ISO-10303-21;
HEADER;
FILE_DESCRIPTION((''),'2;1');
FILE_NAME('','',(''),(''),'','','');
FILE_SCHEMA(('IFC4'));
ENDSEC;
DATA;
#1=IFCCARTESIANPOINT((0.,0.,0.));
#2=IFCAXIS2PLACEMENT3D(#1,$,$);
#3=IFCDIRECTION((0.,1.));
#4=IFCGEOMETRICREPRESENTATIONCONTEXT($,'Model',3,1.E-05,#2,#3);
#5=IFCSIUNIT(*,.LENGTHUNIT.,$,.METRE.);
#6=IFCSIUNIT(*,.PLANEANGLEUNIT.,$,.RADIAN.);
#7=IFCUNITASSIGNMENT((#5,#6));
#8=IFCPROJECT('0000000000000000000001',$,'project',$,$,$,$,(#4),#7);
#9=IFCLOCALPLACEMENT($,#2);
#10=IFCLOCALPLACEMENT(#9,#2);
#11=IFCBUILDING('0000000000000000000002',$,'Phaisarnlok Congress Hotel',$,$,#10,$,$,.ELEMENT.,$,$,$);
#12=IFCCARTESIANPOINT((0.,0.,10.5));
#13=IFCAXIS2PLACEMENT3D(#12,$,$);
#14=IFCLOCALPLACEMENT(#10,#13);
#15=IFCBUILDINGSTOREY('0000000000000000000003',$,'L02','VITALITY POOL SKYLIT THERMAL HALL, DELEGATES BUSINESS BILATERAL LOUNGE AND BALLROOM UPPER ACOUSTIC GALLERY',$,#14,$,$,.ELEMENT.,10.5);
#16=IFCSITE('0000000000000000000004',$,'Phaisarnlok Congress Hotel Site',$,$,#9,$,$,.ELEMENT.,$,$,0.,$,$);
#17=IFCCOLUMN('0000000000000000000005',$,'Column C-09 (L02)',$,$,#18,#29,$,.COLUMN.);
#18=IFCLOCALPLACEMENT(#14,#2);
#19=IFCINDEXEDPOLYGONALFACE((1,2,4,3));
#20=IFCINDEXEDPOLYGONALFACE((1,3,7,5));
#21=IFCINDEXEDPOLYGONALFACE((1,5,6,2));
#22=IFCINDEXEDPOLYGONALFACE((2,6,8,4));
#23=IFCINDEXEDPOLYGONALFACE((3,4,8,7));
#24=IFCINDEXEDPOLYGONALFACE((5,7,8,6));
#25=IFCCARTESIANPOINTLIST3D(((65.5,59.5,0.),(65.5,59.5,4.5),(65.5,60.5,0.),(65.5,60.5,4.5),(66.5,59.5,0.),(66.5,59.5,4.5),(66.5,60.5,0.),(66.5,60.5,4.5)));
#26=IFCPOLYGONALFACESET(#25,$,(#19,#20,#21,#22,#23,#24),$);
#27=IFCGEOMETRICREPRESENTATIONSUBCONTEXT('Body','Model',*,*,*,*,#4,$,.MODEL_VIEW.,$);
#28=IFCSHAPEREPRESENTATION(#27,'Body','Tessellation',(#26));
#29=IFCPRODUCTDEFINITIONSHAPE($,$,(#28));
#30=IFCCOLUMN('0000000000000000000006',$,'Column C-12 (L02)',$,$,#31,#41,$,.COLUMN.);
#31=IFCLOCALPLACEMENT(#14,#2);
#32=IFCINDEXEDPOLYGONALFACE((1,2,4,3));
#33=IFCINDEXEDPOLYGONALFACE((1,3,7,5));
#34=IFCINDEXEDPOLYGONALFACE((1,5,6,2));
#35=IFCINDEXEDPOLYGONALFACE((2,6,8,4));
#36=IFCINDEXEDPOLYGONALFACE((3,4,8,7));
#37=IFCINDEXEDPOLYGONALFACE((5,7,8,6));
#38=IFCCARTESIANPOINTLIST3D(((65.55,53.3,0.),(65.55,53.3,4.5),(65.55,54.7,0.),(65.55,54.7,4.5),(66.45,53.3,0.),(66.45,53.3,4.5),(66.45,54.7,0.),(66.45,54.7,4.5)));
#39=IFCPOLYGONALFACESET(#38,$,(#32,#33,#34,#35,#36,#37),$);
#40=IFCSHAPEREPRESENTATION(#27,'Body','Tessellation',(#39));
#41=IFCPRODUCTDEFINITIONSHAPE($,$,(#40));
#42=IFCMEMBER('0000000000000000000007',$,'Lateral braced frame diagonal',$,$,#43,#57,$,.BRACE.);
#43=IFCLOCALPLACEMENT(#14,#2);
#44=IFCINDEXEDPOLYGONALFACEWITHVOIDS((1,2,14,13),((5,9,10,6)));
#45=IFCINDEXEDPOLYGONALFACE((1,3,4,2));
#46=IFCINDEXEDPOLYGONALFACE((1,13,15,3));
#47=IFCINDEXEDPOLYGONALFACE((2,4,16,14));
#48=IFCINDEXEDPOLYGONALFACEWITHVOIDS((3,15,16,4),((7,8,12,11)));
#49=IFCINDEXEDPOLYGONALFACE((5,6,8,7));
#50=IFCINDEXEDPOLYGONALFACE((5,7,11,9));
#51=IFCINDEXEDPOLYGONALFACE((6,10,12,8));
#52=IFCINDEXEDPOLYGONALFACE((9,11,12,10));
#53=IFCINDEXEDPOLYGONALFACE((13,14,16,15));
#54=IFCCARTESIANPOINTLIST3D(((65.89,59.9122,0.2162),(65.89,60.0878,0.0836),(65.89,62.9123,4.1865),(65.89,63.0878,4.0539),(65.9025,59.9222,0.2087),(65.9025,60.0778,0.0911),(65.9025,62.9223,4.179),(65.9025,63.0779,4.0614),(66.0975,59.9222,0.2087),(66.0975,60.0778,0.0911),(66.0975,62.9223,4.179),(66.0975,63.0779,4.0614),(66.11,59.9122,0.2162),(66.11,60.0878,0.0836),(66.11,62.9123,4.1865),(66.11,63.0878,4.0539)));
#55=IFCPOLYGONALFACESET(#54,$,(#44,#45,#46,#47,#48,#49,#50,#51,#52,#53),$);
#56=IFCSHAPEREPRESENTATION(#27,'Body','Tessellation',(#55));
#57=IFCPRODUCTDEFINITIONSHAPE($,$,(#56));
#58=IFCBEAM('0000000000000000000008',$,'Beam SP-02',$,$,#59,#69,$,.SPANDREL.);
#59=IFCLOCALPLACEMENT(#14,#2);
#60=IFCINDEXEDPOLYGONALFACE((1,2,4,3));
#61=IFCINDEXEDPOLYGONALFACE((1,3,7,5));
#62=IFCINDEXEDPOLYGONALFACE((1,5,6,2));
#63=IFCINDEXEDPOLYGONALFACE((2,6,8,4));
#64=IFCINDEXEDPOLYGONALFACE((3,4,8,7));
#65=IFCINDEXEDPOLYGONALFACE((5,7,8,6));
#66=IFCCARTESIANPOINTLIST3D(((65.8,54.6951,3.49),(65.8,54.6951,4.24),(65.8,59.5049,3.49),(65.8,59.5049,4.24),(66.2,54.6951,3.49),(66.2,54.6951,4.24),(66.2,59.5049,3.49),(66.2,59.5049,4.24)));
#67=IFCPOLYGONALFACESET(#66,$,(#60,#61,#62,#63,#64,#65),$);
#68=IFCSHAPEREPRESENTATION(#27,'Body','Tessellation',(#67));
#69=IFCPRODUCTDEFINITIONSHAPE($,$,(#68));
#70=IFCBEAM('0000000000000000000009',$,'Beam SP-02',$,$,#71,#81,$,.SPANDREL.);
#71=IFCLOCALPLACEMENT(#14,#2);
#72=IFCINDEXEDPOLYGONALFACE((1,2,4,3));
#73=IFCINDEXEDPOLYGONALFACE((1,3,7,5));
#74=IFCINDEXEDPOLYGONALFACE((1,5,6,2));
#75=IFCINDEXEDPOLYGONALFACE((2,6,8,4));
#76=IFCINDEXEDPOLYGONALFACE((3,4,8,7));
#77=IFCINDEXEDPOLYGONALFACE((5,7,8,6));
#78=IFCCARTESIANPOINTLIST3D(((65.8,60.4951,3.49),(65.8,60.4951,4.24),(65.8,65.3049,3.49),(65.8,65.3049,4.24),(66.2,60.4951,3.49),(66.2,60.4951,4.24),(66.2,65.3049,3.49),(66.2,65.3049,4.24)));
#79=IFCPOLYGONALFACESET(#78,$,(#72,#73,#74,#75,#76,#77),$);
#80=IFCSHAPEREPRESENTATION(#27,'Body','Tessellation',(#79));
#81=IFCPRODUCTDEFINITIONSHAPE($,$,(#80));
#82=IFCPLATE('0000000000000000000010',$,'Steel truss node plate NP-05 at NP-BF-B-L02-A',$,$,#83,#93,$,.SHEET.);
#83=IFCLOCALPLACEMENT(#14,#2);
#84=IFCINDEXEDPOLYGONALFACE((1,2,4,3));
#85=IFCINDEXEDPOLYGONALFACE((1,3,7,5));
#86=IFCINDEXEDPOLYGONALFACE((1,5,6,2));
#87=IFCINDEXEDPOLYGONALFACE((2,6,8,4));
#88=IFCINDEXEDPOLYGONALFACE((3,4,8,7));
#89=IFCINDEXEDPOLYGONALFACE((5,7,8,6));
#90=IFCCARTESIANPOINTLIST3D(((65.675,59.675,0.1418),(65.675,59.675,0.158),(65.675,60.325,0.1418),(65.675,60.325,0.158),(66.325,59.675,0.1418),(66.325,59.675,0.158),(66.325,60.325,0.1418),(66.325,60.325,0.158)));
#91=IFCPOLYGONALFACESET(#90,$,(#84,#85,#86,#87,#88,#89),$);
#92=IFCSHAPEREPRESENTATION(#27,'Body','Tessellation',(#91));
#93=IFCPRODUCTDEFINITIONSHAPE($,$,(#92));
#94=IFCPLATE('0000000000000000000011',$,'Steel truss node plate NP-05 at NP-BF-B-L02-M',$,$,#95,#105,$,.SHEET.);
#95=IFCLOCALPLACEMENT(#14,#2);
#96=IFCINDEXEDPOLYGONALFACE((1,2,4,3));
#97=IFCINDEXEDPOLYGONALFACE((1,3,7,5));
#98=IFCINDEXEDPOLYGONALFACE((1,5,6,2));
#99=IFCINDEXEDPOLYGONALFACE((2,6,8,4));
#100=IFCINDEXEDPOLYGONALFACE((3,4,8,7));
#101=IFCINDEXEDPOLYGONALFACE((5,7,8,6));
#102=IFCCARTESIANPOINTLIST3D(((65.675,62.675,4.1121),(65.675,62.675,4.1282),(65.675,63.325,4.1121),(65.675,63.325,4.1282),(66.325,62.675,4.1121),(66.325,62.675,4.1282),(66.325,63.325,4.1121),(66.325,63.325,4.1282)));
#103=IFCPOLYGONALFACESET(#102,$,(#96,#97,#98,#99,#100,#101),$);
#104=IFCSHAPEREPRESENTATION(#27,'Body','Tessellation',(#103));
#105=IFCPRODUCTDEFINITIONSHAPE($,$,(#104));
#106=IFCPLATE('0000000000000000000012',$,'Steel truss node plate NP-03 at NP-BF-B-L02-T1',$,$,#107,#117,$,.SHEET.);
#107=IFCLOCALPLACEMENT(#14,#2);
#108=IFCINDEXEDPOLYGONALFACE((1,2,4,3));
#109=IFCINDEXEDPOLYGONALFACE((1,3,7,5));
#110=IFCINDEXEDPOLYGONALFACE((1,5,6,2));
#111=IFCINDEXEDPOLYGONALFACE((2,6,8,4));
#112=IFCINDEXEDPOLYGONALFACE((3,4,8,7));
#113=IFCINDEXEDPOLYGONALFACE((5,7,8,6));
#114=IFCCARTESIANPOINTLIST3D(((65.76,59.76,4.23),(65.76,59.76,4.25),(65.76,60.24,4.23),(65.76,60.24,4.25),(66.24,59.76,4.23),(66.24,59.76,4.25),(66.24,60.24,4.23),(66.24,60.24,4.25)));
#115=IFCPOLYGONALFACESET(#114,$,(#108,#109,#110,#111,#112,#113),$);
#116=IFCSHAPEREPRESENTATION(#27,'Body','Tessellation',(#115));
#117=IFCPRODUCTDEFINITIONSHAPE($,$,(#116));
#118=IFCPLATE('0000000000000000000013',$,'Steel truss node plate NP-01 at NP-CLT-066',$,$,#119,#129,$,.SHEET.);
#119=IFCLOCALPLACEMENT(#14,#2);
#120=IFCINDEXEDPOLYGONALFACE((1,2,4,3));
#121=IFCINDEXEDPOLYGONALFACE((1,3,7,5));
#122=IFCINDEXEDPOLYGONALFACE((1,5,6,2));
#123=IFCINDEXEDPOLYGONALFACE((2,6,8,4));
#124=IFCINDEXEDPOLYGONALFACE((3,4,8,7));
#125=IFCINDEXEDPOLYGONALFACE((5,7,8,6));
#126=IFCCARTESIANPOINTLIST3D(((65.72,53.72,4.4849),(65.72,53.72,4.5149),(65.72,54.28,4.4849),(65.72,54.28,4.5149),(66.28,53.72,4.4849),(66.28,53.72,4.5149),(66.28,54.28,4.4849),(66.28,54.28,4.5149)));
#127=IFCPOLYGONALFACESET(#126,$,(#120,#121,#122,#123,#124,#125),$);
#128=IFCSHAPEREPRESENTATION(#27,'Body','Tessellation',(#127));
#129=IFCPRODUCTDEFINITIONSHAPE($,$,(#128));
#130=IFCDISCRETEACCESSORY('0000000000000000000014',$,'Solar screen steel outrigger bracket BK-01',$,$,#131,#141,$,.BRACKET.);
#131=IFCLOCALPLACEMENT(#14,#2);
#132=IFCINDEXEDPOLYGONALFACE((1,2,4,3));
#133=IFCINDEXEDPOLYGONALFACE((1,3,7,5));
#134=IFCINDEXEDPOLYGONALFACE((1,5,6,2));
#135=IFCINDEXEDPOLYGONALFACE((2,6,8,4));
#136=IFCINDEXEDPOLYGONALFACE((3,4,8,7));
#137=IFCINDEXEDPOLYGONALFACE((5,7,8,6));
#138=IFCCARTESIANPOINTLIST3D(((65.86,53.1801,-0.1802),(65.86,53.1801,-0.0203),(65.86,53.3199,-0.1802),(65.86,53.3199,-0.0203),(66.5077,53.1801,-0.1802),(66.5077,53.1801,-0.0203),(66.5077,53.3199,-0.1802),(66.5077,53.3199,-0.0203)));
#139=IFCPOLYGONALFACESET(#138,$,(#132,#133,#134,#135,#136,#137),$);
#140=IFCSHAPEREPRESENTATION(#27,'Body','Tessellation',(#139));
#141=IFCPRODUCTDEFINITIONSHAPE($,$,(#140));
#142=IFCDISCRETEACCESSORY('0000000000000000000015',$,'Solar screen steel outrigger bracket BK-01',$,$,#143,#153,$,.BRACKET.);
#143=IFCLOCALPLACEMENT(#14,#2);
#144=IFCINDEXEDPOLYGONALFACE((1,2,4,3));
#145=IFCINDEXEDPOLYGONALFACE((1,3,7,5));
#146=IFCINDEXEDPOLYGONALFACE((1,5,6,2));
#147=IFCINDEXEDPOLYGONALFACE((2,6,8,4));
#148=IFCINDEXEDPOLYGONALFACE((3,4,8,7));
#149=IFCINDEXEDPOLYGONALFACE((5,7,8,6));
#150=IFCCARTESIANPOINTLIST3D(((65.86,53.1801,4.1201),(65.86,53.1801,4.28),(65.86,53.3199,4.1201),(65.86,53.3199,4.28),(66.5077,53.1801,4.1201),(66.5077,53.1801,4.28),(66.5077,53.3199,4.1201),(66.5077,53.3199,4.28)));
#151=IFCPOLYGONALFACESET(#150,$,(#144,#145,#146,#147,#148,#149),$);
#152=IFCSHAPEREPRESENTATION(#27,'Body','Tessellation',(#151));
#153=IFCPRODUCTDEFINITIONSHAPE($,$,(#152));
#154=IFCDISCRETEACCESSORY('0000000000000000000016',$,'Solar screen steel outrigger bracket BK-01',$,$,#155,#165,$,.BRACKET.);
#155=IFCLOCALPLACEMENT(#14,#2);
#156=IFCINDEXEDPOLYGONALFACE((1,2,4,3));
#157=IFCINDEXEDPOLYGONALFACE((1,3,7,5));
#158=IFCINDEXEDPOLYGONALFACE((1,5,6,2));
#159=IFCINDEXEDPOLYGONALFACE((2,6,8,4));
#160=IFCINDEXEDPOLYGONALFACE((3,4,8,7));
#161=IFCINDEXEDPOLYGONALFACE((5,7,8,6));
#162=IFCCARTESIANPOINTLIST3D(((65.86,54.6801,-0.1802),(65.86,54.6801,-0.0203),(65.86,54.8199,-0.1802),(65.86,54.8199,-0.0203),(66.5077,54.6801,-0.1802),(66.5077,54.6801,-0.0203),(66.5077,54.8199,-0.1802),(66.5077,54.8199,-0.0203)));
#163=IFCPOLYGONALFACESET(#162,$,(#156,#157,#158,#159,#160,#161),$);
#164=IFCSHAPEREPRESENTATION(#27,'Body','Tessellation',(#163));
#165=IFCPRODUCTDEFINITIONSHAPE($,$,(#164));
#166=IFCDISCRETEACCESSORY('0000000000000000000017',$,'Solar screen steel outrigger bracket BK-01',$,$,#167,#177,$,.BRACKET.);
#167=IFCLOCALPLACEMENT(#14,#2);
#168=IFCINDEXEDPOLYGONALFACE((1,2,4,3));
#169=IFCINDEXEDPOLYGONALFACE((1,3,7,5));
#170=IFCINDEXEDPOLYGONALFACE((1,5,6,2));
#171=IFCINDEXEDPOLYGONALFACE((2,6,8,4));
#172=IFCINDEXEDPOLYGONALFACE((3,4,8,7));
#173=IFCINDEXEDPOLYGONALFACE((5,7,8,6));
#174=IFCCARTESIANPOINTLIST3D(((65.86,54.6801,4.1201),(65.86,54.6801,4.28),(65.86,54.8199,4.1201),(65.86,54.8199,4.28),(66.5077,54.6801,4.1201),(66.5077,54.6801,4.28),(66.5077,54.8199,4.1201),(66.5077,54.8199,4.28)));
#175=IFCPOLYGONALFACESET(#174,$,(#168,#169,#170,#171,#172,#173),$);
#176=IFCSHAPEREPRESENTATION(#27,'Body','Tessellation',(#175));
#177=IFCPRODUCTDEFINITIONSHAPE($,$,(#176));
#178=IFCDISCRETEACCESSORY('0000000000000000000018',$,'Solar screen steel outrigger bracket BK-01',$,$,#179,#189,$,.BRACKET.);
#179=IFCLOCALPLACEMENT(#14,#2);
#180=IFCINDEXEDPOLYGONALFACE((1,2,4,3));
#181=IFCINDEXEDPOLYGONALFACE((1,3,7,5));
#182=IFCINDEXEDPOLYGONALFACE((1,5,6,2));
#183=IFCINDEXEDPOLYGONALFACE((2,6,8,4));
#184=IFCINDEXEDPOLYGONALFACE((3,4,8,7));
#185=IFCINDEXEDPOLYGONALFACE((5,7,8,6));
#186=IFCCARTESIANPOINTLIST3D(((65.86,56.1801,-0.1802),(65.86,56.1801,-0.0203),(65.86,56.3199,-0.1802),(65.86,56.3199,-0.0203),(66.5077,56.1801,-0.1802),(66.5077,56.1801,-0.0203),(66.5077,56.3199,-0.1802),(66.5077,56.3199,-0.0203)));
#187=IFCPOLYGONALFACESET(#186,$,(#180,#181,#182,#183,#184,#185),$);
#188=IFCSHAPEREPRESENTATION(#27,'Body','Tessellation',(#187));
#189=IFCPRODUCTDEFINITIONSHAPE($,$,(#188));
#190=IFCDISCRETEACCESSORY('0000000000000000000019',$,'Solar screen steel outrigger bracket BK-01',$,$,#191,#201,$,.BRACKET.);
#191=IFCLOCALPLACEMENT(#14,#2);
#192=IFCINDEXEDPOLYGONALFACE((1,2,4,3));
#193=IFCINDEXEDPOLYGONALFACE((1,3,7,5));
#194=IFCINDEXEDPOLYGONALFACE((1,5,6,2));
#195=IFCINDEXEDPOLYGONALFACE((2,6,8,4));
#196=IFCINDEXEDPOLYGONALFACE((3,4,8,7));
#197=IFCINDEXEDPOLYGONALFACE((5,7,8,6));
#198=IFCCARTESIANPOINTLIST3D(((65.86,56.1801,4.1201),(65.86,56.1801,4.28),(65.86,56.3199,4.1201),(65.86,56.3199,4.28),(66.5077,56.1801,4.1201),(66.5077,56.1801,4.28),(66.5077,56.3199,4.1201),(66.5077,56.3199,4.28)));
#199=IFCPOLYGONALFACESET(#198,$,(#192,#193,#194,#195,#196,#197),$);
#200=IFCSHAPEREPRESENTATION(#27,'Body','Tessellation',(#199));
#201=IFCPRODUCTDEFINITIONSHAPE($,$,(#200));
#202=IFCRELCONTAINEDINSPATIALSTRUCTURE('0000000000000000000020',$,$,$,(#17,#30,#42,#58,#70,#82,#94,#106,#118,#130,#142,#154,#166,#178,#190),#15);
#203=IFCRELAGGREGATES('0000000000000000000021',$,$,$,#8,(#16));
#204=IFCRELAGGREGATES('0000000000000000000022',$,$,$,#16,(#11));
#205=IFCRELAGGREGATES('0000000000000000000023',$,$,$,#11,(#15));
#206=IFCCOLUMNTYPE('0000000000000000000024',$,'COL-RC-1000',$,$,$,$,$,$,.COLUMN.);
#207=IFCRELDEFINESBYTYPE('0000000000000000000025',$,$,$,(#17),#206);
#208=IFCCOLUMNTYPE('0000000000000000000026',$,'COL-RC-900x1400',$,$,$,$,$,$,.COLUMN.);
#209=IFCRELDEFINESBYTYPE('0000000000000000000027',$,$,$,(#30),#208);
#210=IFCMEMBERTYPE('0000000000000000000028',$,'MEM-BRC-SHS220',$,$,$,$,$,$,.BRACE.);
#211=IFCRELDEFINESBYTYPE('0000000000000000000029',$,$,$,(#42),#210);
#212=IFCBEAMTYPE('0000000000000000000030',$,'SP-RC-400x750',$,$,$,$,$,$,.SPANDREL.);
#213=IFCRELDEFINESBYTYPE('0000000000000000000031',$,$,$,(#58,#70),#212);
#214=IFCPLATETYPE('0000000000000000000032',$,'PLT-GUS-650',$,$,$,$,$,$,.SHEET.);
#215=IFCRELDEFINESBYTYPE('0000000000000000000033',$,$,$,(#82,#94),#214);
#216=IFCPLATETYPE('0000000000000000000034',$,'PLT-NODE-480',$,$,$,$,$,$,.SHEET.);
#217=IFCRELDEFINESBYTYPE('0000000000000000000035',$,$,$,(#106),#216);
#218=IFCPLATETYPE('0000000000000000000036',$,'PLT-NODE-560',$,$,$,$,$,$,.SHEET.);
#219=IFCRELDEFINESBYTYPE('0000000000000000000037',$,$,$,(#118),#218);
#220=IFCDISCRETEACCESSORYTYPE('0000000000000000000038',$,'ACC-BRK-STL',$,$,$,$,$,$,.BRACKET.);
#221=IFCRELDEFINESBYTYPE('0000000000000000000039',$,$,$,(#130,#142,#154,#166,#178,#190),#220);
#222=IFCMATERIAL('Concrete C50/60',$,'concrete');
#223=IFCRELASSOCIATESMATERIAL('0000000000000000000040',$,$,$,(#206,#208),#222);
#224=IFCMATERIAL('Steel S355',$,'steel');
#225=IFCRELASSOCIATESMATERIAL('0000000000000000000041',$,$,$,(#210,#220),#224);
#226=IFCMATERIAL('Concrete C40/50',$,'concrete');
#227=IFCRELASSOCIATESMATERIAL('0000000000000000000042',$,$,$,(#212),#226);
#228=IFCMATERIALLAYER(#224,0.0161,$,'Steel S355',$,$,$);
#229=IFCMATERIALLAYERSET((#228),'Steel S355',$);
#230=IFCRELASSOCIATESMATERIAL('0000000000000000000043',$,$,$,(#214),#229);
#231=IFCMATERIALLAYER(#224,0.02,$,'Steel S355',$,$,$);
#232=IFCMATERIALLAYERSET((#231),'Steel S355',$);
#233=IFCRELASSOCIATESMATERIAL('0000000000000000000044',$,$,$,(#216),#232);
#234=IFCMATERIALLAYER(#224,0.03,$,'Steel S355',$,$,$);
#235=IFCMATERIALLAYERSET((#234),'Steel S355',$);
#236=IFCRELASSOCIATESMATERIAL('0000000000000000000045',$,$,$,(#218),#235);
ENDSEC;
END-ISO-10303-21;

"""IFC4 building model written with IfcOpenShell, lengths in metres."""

from ifc_helpers import new_model, si_unit, direction, frame, origin, origin_2d, place, context, subcontext, project, spatial, rectangle, hollow_rectangle, extrude, material, layer, layer_set, material_profile, profile_set, type_object, element, save


model = new_model("IFC4")

# Units and contexts
model_context = context("Model", 3, precision=1e-05, world=origin(), true_north=direction((0.0, 1.0)))
body_context = subcontext(model_context, "Body", "Model", "MODEL_VIEW")
ifc_project = project(units=[si_unit("LENGTHUNIT", "METRE"), si_unit("PLANEANGLEUNIT", "RADIAN")], contexts=[model_context])

# Site, building, storey
site_placement = place(None, origin())
site = spatial("IfcSite", under=ifc_project, at=site_placement, Name="Phaisarnlok Congress Hotel Site", CompositionType="ELEMENT", RefElevation=0.0)
building_placement = place(site_placement, origin())
building = spatial("IfcBuilding", under=site, at=building_placement, Name="Phaisarnlok Congress Hotel", CompositionType="ELEMENT")
storey_placement = place(building_placement, frame((0.0, 0.0, 10.5)))
storey = spatial("IfcBuildingStorey", under=building, at=storey_placement, Name="L02", Description="VITALITY POOL SKYLIT THERMAL HALL, DELEGATES BUSINESS BILATERAL LOUNGE AND BALLROOM UPPER ACOUSTIC GALLERY", CompositionType="ELEMENT", Elevation=10.5)

# Columns
ifc_material_1 = material(Name="Concrete C50/60", Category="concrete")
ifc_material_profile_1 = material_profile(ifc_material_1, rectangle(XDim=1.0, YDim=1.0, at=origin_2d()), Name="RC 1000x1000")
ifc_profile_set_1 = profile_set([ifc_material_profile_1], Name="Concrete C50/60")
column_type_1 = type_object("IfcColumnType", Name="COL-RC-1000", PredefinedType="COLUMN", material=ifc_profile_set_1)
column_1_placement = place(storey_placement, frame((66.0, 60.0, 0.0), z_axis=(0.0, 0.0, 1.0), x_axis=(1.0, 0.0, 0.0)))
element("IfcColumn", 1, at=column_1_placement, inside=storey, type_object=column_type_1, Name="Column C-09 (L02)", PredefinedType="COLUMN", context=body_context, shape_type="SweptSolid", body=[
    extrude(rectangle(XDim=1.0, YDim=1.0, at=origin_2d()), origin(), (0.0, 0.0, 1.0), 4.5),
])
ifc_material_profile_2 = material_profile(ifc_material_1, rectangle(XDim=0.8999, YDim=1.3999, at=origin_2d()), Name="RC 900x1400")
ifc_profile_set_2 = profile_set([ifc_material_profile_2], Name="Concrete C50/60")
column_type_2 = type_object("IfcColumnType", Name="COL-RC-900x1400", PredefinedType="COLUMN", material=ifc_profile_set_2)
column_2_placement = place(storey_placement, frame((66.0, 54.0, 0.0), z_axis=(0.0, 0.0, 1.0), x_axis=(1.0, 0.0, 0.0)))
element("IfcColumn", 2, at=column_2_placement, inside=storey, type_object=column_type_2, Name="Column C-12 (L02)", PredefinedType="COLUMN", context=body_context, shape_type="SweptSolid", body=[
    extrude(rectangle(XDim=0.8999, YDim=1.3999, at=origin_2d()), origin(), (0.0, 0.0, 1.0), 4.5),
])

# Member
ifc_material_2 = material(Name="Steel S355", Category="steel")
ifc_material_profile_3 = material_profile(ifc_material_2, hollow_rectangle(XDim=0.22, YDim=0.22, WallThickness=0.0125, at=origin_2d()), Name="SHS 220x220x12.5")
ifc_profile_set_3 = profile_set([ifc_material_profile_3], Name="Steel S355")
member_type = type_object("IfcMemberType", Name="MEM-BRC-SHS220", PredefinedType="BRACE", material=ifc_profile_set_3)
member_placement = place(storey_placement, frame((66.0, 60.0, 0.1499), z_axis=(0.0, 0.602869, 0.79784), x_axis=(-1.0, 0.0, 0.0)))
element("IfcMember", 3, at=member_placement, inside=storey, type_object=member_type, Name="Lateral braced frame diagonal", PredefinedType="BRACE", context=body_context, shape_type="SweptSolid", body=[
    extrude(hollow_rectangle(XDim=0.22, YDim=0.22, WallThickness=0.0125, at=origin_2d()), origin(), (0.0, 0.0, 1.0), 4.9763),
])

# Beams
ifc_material_3 = material(Name="Concrete C40/50", Category="concrete")
ifc_material_profile_4 = material_profile(ifc_material_3, rectangle(XDim=0.3999, YDim=0.75, at=origin_2d()), Name="RC 400x750")
ifc_profile_set_4 = profile_set([ifc_material_profile_4], Name="Concrete C40/50")
beam_type = type_object("IfcBeamType", Name="SP-RC-400x750", PredefinedType="SPANDREL", material=ifc_profile_set_4)
for number, where, z_axis, x_axis, name in (
    (4, (66.0, 54.6951, 3.865), (0.0, 1.0, 0.0), (-1.0, 0.0, 0.0), "Beam SP-02"),
    (5, (66.0, 60.4951, 3.865), (0.0, 1.0, 0.0), (-1.0, 0.0, 0.0), "Beam SP-02"),
):
    element("IfcBeam", number, at=place(storey_placement, frame(where, z_axis=z_axis, x_axis=x_axis)), inside=storey, type_object=beam_type, Name=name, PredefinedType="SPANDREL", context=body_context, shape_type="SweptSolid", body=[
        extrude(rectangle(XDim=0.3999, YDim=0.75, at=origin_2d()), origin(), (0.0, 0.0, 1.0), 4.8098),
    ])

# Plates
ifc_layer_1 = layer(ifc_material_2, 0.0161, Name="Steel S355")
ifc_layer_set_1 = layer_set([ifc_layer_1], Name="Steel S355")
plate_type_1 = type_object("IfcPlateType", Name="PLT-GUS-650", PredefinedType="SHEET", material=ifc_layer_set_1)
for number, where, z_axis, x_axis, name in (
    (6, (66.0, 60.0, 0.1418), (0.0, 0.0, 1.0), (1.0, 0.0, 0.0), "Steel truss node plate NP-05 at NP-BF-B-L02-A"),
    (7, (66.0, 63.0, 4.1121), (0.0, 0.0, 1.0), (1.0, 0.0, 0.0), "Steel truss node plate NP-05 at NP-BF-B-L02-M"),
):
    element("IfcPlate", number, at=place(storey_placement, frame(where, z_axis=z_axis, x_axis=x_axis)), inside=storey, type_object=plate_type_1, Name=name, PredefinedType="SHEET", context=body_context, shape_type="SweptSolid", body=[
        extrude(rectangle(XDim=0.6499, YDim=0.6499, at=origin_2d()), origin(), (0.0, 0.0, 1.0), 0.0161),
    ])
ifc_layer_2 = layer(ifc_material_2, 0.02, Name="Steel S355")
ifc_layer_set_2 = layer_set([ifc_layer_2], Name="Steel S355")
plate_type_2 = type_object("IfcPlateType", Name="PLT-NODE-480", PredefinedType="SHEET", material=ifc_layer_set_2)
plate_1_placement = place(storey_placement, frame((66.0, 60.0, 4.23), z_axis=(0.0, 0.0, 1.0), x_axis=(1.0, 0.0, 0.0)))
element("IfcPlate", 8, at=plate_1_placement, inside=storey, type_object=plate_type_2, Name="Steel truss node plate NP-03 at NP-BF-B-L02-T1", PredefinedType="SHEET", context=body_context, shape_type="SweptSolid", body=[
    extrude(rectangle(XDim=0.48, YDim=0.48, at=origin_2d()), origin(), (0.0, 0.0, 1.0), 0.02),
])
ifc_layer_3 = layer(ifc_material_2, 0.03, Name="Steel S355")
ifc_layer_set_3 = layer_set([ifc_layer_3], Name="Steel S355")
plate_type_3 = type_object("IfcPlateType", Name="PLT-NODE-560", PredefinedType="SHEET", material=ifc_layer_set_3)
plate_2_placement = place(storey_placement, frame((66.0, 54.0, 4.4849), z_axis=(0.0, 0.0, 1.0), x_axis=(1.0, 0.0, 0.0)))
element("IfcPlate", 9, at=plate_2_placement, inside=storey, type_object=plate_type_3, Name="Steel truss node plate NP-01 at NP-CLT-066", PredefinedType="SHEET", context=body_context, shape_type="SweptSolid", body=[
    extrude(rectangle(XDim=0.5601, YDim=0.5601, at=origin_2d()), origin(), (0.0, 0.0, 1.0), 0.03),
])

# Discrete accessories
discrete_accessory_type = type_object("IfcDiscreteAccessoryType", Name="ACC-BRK-STL", PredefinedType="BRACKET", material=ifc_material_2)
for number, where, z_axis, x_axis, name in (
    (10, (66.1838, 53.25, -0.1802), (0.0, 0.0, 1.0), (1.0, 0.0, 0.0), "Solar screen steel outrigger bracket BK-01"),
    (11, (66.1838, 53.25, 4.1201), (0.0, 0.0, 1.0), (1.0, 0.0, 0.0), "Solar screen steel outrigger bracket BK-01"),
    (12, (66.1838, 54.75, -0.1802), (0.0, 0.0, 1.0), (1.0, 0.0, 0.0), "Solar screen steel outrigger bracket BK-01"),
    (13, (66.1838, 54.75, 4.1201), (0.0, 0.0, 1.0), (1.0, 0.0, 0.0), "Solar screen steel outrigger bracket BK-01"),
    (14, (66.1838, 56.25, -0.1802), (0.0, 0.0, 1.0), (1.0, 0.0, 0.0), "Solar screen steel outrigger bracket BK-01"),
    (15, (66.1838, 56.25, 4.1201), (0.0, 0.0, 1.0), (1.0, 0.0, 0.0), "Solar screen steel outrigger bracket BK-01"),
):
    element("IfcDiscreteAccessory", number, at=place(storey_placement, frame(where, z_axis=z_axis, x_axis=x_axis)), inside=storey, type_object=discrete_accessory_type, Name=name, PredefinedType="BRACKET", context=body_context, shape_type="SweptSolid", body=[
        extrude(rectangle(XDim=0.6477, YDim=0.1399, at=origin_2d()), origin(), (0.0, 0.0, 1.0), 0.1599),
    ])

save(model, "model.ifc")
